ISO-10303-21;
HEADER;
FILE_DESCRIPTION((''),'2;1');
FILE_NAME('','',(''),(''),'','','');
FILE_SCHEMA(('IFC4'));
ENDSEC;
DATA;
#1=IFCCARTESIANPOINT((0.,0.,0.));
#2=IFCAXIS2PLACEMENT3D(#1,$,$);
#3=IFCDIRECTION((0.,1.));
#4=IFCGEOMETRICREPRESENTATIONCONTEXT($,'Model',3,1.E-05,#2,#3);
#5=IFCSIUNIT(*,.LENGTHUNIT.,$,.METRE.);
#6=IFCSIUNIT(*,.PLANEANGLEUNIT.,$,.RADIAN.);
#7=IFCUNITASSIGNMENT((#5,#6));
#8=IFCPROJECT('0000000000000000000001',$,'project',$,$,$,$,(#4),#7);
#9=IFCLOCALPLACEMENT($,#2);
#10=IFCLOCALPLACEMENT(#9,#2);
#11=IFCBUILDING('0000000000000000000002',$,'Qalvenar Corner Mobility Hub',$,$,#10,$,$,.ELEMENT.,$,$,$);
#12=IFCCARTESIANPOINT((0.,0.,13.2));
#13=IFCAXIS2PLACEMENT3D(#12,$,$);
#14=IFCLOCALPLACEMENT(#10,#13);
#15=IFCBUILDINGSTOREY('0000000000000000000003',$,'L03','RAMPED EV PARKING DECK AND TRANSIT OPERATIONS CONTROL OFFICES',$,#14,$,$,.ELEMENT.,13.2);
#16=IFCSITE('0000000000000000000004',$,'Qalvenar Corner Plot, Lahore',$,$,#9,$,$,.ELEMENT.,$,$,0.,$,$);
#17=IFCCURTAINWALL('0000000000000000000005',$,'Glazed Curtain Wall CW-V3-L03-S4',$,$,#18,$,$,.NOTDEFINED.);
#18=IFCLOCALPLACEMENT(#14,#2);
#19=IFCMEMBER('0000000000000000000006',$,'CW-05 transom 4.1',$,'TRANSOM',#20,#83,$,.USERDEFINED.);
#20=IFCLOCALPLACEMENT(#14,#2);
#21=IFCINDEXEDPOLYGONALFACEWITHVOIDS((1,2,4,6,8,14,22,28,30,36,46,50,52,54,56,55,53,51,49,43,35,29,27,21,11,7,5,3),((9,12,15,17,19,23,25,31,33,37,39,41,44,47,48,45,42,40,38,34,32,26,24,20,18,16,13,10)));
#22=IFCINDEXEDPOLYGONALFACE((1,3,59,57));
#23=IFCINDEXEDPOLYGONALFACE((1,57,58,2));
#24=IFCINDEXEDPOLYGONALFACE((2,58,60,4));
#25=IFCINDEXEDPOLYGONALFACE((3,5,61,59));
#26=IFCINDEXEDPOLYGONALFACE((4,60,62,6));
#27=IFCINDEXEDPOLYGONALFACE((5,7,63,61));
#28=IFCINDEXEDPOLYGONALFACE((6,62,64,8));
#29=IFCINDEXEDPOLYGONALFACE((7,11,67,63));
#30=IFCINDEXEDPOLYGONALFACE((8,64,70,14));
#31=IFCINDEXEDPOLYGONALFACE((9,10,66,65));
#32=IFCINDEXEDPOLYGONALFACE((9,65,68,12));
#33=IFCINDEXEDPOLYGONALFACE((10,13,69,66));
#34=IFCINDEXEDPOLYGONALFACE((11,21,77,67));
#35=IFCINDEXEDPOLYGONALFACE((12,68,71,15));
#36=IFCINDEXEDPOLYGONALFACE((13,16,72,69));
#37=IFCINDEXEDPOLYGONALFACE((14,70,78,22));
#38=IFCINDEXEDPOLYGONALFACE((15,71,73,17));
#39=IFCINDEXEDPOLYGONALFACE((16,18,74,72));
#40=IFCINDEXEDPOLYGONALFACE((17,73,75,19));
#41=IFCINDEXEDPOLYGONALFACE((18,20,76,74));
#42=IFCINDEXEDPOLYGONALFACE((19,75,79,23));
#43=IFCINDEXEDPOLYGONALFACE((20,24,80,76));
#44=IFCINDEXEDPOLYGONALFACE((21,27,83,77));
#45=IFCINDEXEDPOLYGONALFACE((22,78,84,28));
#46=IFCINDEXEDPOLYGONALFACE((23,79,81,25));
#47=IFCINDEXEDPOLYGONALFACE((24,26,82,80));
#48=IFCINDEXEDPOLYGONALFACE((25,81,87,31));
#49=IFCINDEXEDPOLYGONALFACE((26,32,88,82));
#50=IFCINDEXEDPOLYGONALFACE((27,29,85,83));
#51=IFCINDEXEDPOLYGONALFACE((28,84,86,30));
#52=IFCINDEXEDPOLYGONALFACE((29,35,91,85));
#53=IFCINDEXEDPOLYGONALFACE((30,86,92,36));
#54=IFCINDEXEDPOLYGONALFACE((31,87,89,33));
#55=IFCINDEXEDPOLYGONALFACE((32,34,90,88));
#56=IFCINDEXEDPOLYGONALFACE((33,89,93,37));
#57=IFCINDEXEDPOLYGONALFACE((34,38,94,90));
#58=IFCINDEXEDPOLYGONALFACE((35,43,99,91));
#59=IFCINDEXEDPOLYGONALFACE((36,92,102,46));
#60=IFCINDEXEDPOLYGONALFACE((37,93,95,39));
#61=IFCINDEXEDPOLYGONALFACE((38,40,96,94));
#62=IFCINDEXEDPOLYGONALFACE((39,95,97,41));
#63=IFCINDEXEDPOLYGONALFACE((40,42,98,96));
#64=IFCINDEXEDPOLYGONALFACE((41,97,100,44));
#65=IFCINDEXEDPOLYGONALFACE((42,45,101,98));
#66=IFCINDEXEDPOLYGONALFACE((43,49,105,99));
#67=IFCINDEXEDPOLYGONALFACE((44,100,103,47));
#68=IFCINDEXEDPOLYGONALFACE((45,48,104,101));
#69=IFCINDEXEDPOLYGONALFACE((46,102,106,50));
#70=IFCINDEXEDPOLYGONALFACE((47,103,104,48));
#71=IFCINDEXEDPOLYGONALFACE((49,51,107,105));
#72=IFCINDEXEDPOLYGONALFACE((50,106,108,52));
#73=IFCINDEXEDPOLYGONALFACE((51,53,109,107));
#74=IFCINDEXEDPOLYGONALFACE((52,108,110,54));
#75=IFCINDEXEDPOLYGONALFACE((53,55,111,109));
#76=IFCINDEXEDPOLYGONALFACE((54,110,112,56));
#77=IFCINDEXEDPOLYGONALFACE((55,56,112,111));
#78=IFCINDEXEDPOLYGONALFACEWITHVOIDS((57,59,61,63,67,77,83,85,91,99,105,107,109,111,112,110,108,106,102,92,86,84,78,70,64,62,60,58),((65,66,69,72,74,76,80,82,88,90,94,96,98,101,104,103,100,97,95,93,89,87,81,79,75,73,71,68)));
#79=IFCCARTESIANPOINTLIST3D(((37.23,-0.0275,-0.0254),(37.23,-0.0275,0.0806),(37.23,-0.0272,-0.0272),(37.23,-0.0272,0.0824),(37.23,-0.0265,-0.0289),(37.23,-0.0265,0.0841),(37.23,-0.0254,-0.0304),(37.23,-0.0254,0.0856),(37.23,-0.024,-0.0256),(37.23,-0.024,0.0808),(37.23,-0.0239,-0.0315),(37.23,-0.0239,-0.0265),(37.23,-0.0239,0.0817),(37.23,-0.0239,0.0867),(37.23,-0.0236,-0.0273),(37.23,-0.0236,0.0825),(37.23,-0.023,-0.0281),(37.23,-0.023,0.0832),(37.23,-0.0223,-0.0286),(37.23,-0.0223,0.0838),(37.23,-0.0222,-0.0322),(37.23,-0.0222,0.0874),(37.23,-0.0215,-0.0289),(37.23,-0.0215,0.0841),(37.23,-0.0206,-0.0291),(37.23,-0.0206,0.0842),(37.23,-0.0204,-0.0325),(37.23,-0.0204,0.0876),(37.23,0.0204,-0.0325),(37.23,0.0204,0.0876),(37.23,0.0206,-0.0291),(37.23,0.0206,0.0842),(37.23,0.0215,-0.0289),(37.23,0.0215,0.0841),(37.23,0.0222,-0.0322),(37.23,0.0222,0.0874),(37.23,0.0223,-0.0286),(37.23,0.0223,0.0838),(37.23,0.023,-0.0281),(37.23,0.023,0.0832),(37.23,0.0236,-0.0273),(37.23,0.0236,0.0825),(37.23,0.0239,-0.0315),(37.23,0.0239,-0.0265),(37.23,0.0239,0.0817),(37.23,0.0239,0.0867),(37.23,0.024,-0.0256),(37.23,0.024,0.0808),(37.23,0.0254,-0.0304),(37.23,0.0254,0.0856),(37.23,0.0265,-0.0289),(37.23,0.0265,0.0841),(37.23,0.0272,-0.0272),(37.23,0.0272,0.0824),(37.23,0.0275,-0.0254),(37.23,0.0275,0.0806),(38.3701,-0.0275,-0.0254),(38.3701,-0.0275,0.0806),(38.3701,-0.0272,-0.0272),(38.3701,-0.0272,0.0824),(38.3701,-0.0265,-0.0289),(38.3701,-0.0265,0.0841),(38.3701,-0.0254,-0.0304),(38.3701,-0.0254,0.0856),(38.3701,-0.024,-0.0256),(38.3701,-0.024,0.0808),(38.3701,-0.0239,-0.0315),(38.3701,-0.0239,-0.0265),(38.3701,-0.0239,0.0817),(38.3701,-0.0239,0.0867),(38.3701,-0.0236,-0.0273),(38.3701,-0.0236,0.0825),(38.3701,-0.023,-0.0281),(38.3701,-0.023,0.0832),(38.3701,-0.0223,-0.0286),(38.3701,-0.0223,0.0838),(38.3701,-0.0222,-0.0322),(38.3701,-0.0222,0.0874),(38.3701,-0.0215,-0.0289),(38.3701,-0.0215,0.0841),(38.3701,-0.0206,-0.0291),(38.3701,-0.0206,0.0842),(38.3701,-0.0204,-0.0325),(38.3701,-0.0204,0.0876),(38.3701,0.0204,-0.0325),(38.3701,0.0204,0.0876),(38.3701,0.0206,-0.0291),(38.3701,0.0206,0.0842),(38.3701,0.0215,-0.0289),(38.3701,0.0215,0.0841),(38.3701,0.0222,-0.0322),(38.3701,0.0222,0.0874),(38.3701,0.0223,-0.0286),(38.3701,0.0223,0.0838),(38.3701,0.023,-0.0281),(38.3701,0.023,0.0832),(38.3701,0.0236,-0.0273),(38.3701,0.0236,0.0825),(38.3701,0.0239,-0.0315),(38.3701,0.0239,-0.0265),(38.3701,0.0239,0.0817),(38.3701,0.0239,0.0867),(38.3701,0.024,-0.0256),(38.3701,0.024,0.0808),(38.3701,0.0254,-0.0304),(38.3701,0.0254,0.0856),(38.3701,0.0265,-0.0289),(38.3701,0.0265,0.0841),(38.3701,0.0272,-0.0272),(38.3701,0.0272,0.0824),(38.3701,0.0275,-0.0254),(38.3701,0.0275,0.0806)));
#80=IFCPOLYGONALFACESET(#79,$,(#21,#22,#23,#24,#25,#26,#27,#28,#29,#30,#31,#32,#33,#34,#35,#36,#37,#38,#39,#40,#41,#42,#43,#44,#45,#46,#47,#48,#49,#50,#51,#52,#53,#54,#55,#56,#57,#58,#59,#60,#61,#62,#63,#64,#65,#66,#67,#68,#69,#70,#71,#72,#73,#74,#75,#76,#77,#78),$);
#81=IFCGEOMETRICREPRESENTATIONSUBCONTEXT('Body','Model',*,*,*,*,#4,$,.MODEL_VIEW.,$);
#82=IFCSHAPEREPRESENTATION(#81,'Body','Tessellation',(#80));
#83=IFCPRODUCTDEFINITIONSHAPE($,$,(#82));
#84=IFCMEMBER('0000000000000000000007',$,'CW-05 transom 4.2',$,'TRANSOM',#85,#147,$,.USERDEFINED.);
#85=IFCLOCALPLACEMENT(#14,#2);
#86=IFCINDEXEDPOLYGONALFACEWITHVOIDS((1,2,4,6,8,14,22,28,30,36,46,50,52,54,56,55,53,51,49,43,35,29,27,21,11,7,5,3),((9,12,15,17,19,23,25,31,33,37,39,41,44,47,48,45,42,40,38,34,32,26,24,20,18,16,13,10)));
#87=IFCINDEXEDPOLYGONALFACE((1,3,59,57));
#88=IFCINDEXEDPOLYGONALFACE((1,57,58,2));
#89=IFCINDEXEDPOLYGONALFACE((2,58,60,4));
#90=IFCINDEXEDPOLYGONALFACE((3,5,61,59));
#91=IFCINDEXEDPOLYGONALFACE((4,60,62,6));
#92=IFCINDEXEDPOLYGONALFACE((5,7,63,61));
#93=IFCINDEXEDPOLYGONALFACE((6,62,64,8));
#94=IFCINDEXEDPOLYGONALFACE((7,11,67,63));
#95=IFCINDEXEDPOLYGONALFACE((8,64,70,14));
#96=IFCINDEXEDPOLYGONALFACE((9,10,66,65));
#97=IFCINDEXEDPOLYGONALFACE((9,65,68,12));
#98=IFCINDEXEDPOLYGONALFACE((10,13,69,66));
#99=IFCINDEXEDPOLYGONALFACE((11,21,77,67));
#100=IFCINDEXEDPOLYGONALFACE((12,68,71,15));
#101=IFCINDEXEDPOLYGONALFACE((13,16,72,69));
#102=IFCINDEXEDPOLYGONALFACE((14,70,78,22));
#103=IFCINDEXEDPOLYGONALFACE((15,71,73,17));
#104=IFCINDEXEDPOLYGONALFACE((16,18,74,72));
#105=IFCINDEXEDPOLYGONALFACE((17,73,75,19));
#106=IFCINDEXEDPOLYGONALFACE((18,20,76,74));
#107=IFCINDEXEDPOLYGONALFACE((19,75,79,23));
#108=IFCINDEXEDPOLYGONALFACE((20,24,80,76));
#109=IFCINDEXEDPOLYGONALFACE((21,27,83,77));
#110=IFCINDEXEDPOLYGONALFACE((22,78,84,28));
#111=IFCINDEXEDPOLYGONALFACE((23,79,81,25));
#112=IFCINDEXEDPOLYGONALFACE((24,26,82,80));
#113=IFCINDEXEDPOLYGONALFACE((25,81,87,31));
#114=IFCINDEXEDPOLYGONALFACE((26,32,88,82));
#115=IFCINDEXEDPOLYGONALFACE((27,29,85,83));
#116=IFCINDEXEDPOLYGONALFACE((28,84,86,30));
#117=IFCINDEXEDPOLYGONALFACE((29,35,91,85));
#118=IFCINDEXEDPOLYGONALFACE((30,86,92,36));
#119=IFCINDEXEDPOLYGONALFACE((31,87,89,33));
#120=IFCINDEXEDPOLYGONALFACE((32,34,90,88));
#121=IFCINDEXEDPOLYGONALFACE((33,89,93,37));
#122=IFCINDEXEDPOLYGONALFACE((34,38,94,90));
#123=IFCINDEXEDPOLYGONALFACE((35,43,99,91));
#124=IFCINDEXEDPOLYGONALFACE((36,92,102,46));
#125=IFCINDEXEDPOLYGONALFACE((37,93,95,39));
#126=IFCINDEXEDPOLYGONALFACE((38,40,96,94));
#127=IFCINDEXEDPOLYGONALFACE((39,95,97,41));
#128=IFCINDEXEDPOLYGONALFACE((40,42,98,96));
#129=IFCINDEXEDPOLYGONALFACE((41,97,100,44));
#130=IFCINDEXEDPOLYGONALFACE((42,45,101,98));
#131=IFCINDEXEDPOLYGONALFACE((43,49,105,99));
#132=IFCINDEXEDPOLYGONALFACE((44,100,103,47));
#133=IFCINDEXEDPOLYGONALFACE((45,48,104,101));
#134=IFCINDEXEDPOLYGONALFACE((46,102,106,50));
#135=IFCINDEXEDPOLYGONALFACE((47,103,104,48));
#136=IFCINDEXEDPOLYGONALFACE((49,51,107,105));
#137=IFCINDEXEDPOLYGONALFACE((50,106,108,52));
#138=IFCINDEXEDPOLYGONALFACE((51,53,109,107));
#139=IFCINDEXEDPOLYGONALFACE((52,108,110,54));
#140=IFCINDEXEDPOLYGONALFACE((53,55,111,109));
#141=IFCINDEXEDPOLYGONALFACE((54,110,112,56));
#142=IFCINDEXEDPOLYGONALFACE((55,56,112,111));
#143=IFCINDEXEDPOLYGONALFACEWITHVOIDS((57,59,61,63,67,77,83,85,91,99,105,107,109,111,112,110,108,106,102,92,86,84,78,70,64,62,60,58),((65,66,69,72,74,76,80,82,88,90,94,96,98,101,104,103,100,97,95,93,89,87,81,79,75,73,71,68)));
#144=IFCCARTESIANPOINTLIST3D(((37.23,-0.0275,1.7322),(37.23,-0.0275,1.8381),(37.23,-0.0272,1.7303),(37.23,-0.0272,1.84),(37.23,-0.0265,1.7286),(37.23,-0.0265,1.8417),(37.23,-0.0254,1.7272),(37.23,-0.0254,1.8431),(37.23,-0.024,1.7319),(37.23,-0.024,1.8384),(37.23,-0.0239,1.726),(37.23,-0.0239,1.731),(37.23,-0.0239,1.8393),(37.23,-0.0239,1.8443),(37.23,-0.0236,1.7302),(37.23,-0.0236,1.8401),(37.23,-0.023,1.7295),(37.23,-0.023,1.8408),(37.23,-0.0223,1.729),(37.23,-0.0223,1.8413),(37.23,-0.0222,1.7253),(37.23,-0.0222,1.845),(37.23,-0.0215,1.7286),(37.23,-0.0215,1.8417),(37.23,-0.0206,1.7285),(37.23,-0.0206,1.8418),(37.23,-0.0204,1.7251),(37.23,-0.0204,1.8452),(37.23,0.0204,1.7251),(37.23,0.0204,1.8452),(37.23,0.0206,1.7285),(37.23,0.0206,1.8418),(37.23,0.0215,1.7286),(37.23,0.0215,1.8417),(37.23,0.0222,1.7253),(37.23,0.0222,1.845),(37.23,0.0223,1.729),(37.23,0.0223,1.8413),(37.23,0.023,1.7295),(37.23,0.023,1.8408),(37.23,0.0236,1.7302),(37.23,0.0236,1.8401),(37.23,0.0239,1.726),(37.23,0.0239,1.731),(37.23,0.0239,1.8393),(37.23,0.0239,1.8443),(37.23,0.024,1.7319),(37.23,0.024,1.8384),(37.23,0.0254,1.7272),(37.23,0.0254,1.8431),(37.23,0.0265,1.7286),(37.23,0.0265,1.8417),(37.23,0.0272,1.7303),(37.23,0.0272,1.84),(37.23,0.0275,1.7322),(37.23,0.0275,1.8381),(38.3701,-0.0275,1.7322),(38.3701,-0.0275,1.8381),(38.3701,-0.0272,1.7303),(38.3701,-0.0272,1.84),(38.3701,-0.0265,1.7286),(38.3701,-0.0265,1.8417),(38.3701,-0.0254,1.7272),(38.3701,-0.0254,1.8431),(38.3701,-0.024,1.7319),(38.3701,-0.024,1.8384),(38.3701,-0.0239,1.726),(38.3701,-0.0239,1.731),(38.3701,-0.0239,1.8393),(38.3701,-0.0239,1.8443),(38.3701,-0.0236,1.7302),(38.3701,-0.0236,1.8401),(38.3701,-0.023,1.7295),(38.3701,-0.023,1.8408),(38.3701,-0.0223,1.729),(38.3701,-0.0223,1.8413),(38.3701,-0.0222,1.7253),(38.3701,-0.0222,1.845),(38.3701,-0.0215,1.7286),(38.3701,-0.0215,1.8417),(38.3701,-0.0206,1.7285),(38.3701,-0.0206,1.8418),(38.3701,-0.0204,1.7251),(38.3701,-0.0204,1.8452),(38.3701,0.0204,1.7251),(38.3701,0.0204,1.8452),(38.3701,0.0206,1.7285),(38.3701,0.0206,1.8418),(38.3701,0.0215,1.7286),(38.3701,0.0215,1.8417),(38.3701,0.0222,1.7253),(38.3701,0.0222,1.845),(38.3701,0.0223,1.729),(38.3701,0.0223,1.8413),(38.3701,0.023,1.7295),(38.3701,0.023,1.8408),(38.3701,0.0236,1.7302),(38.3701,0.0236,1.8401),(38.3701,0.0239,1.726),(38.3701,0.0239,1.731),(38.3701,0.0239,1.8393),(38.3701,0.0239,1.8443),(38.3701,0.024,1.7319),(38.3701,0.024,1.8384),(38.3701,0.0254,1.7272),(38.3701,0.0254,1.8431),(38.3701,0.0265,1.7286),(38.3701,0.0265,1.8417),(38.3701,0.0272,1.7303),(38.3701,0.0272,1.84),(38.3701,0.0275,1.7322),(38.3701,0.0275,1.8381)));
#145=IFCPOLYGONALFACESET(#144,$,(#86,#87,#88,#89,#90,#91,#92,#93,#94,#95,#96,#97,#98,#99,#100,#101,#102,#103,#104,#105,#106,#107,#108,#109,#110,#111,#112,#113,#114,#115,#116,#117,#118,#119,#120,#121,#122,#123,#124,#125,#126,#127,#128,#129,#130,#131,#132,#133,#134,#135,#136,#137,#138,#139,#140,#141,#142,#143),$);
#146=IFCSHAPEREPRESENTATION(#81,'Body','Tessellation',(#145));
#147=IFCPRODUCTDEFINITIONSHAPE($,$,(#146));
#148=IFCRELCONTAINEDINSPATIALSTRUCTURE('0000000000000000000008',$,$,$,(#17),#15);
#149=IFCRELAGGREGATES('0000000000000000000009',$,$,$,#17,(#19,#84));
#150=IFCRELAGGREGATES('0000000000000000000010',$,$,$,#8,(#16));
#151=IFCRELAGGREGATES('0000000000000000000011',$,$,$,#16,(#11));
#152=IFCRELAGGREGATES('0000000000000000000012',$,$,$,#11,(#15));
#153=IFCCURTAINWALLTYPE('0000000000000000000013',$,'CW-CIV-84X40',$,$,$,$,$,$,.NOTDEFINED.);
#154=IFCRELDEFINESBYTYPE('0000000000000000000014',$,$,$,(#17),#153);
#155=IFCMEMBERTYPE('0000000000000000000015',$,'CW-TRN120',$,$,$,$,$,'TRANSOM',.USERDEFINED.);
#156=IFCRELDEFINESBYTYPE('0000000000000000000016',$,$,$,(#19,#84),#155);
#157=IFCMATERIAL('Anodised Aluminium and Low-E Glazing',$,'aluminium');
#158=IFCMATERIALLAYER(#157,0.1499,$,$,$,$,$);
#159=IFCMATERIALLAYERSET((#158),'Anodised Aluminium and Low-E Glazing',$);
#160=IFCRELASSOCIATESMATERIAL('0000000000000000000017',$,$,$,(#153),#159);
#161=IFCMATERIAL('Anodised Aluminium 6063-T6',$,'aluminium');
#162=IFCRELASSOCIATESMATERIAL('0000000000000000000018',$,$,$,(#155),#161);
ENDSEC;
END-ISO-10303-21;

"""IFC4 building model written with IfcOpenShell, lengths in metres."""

from ifc_helpers import new_model, si_unit, direction, frame, origin, origin_2d, place, context, subcontext, project, spatial, hollow_rectangle, extrude, material, layer, layer_set, material_profile, profile_set, type_object, element, aggregate, save


model = new_model("IFC4")

# Units and contexts
model_context = context("Model", 3, precision=1e-05, world=origin(), true_north=direction((0.0, 1.0)))
body_context = subcontext(model_context, "Body", "Model", "MODEL_VIEW")
ifc_project = project(units=[si_unit("LENGTHUNIT", "METRE"), si_unit("PLANEANGLEUNIT", "RADIAN")], contexts=[model_context])

# Site, building, storey
site_placement = place(None, origin())
site = spatial("IfcSite", under=ifc_project, at=site_placement, Name="Qalvenar Corner Plot, Lahore", CompositionType="ELEMENT", RefElevation=0.0)
building_placement = place(site_placement, origin())
building = spatial("IfcBuilding", under=site, at=building_placement, Name="Qalvenar Corner Mobility Hub", CompositionType="ELEMENT")
storey_placement = place(building_placement, frame((0.0, 0.0, 13.2)))
storey = spatial("IfcBuildingStorey", under=building, at=storey_placement, Name="L03", Description="RAMPED EV PARKING DECK AND TRANSIT OPERATIONS CONTROL OFFICES", CompositionType="ELEMENT", Elevation=13.2)

# Curtain wall, members
ifc_material_1 = material(Name="Anodised Aluminium and Low-E Glazing", Category="aluminium")
ifc_layer_1 = layer(ifc_material_1, 0.1499)
ifc_layer_set_1 = layer_set([ifc_layer_1], Name="Anodised Aluminium and Low-E Glazing")
curtain_wall_type = type_object("IfcCurtainWallType", Name="CW-CIV-84X40", PredefinedType="NOTDEFINED", material=ifc_layer_set_1)
curtain_wall_placement = place(storey_placement, origin())
curtain_wall = element("IfcCurtainWall", 1, at=curtain_wall_placement, inside=storey, type_object=curtain_wall_type, Name="Glazed Curtain Wall CW-V3-L03-S4", PredefinedType="NOTDEFINED")
ifc_material_2 = material(Name="Anodised Aluminium 6063-T6", Category="aluminium")
ifc_material_profile_1 = material_profile(ifc_material_2, hollow_rectangle(XDim=0.0549, YDim=0.1201, WallThickness=0.0034, InnerFilletRadius=0.0034, OuterFilletRadius=0.0071, at=origin_2d()), Name="RHS120x55x3.5")
ifc_profile_set_1 = profile_set([ifc_material_profile_1], Name="Anodised Aluminium 6063-T6")
member_type_1 = type_object("IfcMemberType", Name="CW-TRN120", ElementType="TRANSOM", PredefinedType="USERDEFINED", material=ifc_profile_set_1)
member_1_placement = place(storey_placement, frame((37.23, 0.0, 0.0276), z_axis=(1.0, 0.0, 0.0), x_axis=(0.0, 1.0, 0.0)))
member_1 = element("IfcMember", 2, at=member_1_placement, type_object=member_type_1, Name="CW-05 transom 4.1", ObjectType="TRANSOM", PredefinedType="USERDEFINED", context=body_context, shape_type="SweptSolid", body=[
    extrude(hollow_rectangle(XDim=0.0549, YDim=0.1201, WallThickness=0.0034, InnerFilletRadius=0.0034, OuterFilletRadius=0.0071, at=origin_2d()), origin(), (0.0, 0.0, 1.0), 1.1401),
])
member_2_placement = place(storey_placement, frame((37.23, 0.0, 1.7852), z_axis=(1.0, 0.0, 0.0), x_axis=(0.0, 1.0, 0.0)))
member_2 = element("IfcMember", 3, at=member_2_placement, type_object=member_type_1, Name="CW-05 transom 4.2", ObjectType="TRANSOM", PredefinedType="USERDEFINED", context=body_context, shape_type="SweptSolid", body=[
    extrude(hollow_rectangle(XDim=0.0549, YDim=0.1201, WallThickness=0.0034, InnerFilletRadius=0.0034, OuterFilletRadius=0.0071, at=origin_2d()), origin(), (0.0, 0.0, 1.0), 1.1401),
])
aggregate(curtain_wall, [member_1, member_2])

save(model, "model.ifc")
